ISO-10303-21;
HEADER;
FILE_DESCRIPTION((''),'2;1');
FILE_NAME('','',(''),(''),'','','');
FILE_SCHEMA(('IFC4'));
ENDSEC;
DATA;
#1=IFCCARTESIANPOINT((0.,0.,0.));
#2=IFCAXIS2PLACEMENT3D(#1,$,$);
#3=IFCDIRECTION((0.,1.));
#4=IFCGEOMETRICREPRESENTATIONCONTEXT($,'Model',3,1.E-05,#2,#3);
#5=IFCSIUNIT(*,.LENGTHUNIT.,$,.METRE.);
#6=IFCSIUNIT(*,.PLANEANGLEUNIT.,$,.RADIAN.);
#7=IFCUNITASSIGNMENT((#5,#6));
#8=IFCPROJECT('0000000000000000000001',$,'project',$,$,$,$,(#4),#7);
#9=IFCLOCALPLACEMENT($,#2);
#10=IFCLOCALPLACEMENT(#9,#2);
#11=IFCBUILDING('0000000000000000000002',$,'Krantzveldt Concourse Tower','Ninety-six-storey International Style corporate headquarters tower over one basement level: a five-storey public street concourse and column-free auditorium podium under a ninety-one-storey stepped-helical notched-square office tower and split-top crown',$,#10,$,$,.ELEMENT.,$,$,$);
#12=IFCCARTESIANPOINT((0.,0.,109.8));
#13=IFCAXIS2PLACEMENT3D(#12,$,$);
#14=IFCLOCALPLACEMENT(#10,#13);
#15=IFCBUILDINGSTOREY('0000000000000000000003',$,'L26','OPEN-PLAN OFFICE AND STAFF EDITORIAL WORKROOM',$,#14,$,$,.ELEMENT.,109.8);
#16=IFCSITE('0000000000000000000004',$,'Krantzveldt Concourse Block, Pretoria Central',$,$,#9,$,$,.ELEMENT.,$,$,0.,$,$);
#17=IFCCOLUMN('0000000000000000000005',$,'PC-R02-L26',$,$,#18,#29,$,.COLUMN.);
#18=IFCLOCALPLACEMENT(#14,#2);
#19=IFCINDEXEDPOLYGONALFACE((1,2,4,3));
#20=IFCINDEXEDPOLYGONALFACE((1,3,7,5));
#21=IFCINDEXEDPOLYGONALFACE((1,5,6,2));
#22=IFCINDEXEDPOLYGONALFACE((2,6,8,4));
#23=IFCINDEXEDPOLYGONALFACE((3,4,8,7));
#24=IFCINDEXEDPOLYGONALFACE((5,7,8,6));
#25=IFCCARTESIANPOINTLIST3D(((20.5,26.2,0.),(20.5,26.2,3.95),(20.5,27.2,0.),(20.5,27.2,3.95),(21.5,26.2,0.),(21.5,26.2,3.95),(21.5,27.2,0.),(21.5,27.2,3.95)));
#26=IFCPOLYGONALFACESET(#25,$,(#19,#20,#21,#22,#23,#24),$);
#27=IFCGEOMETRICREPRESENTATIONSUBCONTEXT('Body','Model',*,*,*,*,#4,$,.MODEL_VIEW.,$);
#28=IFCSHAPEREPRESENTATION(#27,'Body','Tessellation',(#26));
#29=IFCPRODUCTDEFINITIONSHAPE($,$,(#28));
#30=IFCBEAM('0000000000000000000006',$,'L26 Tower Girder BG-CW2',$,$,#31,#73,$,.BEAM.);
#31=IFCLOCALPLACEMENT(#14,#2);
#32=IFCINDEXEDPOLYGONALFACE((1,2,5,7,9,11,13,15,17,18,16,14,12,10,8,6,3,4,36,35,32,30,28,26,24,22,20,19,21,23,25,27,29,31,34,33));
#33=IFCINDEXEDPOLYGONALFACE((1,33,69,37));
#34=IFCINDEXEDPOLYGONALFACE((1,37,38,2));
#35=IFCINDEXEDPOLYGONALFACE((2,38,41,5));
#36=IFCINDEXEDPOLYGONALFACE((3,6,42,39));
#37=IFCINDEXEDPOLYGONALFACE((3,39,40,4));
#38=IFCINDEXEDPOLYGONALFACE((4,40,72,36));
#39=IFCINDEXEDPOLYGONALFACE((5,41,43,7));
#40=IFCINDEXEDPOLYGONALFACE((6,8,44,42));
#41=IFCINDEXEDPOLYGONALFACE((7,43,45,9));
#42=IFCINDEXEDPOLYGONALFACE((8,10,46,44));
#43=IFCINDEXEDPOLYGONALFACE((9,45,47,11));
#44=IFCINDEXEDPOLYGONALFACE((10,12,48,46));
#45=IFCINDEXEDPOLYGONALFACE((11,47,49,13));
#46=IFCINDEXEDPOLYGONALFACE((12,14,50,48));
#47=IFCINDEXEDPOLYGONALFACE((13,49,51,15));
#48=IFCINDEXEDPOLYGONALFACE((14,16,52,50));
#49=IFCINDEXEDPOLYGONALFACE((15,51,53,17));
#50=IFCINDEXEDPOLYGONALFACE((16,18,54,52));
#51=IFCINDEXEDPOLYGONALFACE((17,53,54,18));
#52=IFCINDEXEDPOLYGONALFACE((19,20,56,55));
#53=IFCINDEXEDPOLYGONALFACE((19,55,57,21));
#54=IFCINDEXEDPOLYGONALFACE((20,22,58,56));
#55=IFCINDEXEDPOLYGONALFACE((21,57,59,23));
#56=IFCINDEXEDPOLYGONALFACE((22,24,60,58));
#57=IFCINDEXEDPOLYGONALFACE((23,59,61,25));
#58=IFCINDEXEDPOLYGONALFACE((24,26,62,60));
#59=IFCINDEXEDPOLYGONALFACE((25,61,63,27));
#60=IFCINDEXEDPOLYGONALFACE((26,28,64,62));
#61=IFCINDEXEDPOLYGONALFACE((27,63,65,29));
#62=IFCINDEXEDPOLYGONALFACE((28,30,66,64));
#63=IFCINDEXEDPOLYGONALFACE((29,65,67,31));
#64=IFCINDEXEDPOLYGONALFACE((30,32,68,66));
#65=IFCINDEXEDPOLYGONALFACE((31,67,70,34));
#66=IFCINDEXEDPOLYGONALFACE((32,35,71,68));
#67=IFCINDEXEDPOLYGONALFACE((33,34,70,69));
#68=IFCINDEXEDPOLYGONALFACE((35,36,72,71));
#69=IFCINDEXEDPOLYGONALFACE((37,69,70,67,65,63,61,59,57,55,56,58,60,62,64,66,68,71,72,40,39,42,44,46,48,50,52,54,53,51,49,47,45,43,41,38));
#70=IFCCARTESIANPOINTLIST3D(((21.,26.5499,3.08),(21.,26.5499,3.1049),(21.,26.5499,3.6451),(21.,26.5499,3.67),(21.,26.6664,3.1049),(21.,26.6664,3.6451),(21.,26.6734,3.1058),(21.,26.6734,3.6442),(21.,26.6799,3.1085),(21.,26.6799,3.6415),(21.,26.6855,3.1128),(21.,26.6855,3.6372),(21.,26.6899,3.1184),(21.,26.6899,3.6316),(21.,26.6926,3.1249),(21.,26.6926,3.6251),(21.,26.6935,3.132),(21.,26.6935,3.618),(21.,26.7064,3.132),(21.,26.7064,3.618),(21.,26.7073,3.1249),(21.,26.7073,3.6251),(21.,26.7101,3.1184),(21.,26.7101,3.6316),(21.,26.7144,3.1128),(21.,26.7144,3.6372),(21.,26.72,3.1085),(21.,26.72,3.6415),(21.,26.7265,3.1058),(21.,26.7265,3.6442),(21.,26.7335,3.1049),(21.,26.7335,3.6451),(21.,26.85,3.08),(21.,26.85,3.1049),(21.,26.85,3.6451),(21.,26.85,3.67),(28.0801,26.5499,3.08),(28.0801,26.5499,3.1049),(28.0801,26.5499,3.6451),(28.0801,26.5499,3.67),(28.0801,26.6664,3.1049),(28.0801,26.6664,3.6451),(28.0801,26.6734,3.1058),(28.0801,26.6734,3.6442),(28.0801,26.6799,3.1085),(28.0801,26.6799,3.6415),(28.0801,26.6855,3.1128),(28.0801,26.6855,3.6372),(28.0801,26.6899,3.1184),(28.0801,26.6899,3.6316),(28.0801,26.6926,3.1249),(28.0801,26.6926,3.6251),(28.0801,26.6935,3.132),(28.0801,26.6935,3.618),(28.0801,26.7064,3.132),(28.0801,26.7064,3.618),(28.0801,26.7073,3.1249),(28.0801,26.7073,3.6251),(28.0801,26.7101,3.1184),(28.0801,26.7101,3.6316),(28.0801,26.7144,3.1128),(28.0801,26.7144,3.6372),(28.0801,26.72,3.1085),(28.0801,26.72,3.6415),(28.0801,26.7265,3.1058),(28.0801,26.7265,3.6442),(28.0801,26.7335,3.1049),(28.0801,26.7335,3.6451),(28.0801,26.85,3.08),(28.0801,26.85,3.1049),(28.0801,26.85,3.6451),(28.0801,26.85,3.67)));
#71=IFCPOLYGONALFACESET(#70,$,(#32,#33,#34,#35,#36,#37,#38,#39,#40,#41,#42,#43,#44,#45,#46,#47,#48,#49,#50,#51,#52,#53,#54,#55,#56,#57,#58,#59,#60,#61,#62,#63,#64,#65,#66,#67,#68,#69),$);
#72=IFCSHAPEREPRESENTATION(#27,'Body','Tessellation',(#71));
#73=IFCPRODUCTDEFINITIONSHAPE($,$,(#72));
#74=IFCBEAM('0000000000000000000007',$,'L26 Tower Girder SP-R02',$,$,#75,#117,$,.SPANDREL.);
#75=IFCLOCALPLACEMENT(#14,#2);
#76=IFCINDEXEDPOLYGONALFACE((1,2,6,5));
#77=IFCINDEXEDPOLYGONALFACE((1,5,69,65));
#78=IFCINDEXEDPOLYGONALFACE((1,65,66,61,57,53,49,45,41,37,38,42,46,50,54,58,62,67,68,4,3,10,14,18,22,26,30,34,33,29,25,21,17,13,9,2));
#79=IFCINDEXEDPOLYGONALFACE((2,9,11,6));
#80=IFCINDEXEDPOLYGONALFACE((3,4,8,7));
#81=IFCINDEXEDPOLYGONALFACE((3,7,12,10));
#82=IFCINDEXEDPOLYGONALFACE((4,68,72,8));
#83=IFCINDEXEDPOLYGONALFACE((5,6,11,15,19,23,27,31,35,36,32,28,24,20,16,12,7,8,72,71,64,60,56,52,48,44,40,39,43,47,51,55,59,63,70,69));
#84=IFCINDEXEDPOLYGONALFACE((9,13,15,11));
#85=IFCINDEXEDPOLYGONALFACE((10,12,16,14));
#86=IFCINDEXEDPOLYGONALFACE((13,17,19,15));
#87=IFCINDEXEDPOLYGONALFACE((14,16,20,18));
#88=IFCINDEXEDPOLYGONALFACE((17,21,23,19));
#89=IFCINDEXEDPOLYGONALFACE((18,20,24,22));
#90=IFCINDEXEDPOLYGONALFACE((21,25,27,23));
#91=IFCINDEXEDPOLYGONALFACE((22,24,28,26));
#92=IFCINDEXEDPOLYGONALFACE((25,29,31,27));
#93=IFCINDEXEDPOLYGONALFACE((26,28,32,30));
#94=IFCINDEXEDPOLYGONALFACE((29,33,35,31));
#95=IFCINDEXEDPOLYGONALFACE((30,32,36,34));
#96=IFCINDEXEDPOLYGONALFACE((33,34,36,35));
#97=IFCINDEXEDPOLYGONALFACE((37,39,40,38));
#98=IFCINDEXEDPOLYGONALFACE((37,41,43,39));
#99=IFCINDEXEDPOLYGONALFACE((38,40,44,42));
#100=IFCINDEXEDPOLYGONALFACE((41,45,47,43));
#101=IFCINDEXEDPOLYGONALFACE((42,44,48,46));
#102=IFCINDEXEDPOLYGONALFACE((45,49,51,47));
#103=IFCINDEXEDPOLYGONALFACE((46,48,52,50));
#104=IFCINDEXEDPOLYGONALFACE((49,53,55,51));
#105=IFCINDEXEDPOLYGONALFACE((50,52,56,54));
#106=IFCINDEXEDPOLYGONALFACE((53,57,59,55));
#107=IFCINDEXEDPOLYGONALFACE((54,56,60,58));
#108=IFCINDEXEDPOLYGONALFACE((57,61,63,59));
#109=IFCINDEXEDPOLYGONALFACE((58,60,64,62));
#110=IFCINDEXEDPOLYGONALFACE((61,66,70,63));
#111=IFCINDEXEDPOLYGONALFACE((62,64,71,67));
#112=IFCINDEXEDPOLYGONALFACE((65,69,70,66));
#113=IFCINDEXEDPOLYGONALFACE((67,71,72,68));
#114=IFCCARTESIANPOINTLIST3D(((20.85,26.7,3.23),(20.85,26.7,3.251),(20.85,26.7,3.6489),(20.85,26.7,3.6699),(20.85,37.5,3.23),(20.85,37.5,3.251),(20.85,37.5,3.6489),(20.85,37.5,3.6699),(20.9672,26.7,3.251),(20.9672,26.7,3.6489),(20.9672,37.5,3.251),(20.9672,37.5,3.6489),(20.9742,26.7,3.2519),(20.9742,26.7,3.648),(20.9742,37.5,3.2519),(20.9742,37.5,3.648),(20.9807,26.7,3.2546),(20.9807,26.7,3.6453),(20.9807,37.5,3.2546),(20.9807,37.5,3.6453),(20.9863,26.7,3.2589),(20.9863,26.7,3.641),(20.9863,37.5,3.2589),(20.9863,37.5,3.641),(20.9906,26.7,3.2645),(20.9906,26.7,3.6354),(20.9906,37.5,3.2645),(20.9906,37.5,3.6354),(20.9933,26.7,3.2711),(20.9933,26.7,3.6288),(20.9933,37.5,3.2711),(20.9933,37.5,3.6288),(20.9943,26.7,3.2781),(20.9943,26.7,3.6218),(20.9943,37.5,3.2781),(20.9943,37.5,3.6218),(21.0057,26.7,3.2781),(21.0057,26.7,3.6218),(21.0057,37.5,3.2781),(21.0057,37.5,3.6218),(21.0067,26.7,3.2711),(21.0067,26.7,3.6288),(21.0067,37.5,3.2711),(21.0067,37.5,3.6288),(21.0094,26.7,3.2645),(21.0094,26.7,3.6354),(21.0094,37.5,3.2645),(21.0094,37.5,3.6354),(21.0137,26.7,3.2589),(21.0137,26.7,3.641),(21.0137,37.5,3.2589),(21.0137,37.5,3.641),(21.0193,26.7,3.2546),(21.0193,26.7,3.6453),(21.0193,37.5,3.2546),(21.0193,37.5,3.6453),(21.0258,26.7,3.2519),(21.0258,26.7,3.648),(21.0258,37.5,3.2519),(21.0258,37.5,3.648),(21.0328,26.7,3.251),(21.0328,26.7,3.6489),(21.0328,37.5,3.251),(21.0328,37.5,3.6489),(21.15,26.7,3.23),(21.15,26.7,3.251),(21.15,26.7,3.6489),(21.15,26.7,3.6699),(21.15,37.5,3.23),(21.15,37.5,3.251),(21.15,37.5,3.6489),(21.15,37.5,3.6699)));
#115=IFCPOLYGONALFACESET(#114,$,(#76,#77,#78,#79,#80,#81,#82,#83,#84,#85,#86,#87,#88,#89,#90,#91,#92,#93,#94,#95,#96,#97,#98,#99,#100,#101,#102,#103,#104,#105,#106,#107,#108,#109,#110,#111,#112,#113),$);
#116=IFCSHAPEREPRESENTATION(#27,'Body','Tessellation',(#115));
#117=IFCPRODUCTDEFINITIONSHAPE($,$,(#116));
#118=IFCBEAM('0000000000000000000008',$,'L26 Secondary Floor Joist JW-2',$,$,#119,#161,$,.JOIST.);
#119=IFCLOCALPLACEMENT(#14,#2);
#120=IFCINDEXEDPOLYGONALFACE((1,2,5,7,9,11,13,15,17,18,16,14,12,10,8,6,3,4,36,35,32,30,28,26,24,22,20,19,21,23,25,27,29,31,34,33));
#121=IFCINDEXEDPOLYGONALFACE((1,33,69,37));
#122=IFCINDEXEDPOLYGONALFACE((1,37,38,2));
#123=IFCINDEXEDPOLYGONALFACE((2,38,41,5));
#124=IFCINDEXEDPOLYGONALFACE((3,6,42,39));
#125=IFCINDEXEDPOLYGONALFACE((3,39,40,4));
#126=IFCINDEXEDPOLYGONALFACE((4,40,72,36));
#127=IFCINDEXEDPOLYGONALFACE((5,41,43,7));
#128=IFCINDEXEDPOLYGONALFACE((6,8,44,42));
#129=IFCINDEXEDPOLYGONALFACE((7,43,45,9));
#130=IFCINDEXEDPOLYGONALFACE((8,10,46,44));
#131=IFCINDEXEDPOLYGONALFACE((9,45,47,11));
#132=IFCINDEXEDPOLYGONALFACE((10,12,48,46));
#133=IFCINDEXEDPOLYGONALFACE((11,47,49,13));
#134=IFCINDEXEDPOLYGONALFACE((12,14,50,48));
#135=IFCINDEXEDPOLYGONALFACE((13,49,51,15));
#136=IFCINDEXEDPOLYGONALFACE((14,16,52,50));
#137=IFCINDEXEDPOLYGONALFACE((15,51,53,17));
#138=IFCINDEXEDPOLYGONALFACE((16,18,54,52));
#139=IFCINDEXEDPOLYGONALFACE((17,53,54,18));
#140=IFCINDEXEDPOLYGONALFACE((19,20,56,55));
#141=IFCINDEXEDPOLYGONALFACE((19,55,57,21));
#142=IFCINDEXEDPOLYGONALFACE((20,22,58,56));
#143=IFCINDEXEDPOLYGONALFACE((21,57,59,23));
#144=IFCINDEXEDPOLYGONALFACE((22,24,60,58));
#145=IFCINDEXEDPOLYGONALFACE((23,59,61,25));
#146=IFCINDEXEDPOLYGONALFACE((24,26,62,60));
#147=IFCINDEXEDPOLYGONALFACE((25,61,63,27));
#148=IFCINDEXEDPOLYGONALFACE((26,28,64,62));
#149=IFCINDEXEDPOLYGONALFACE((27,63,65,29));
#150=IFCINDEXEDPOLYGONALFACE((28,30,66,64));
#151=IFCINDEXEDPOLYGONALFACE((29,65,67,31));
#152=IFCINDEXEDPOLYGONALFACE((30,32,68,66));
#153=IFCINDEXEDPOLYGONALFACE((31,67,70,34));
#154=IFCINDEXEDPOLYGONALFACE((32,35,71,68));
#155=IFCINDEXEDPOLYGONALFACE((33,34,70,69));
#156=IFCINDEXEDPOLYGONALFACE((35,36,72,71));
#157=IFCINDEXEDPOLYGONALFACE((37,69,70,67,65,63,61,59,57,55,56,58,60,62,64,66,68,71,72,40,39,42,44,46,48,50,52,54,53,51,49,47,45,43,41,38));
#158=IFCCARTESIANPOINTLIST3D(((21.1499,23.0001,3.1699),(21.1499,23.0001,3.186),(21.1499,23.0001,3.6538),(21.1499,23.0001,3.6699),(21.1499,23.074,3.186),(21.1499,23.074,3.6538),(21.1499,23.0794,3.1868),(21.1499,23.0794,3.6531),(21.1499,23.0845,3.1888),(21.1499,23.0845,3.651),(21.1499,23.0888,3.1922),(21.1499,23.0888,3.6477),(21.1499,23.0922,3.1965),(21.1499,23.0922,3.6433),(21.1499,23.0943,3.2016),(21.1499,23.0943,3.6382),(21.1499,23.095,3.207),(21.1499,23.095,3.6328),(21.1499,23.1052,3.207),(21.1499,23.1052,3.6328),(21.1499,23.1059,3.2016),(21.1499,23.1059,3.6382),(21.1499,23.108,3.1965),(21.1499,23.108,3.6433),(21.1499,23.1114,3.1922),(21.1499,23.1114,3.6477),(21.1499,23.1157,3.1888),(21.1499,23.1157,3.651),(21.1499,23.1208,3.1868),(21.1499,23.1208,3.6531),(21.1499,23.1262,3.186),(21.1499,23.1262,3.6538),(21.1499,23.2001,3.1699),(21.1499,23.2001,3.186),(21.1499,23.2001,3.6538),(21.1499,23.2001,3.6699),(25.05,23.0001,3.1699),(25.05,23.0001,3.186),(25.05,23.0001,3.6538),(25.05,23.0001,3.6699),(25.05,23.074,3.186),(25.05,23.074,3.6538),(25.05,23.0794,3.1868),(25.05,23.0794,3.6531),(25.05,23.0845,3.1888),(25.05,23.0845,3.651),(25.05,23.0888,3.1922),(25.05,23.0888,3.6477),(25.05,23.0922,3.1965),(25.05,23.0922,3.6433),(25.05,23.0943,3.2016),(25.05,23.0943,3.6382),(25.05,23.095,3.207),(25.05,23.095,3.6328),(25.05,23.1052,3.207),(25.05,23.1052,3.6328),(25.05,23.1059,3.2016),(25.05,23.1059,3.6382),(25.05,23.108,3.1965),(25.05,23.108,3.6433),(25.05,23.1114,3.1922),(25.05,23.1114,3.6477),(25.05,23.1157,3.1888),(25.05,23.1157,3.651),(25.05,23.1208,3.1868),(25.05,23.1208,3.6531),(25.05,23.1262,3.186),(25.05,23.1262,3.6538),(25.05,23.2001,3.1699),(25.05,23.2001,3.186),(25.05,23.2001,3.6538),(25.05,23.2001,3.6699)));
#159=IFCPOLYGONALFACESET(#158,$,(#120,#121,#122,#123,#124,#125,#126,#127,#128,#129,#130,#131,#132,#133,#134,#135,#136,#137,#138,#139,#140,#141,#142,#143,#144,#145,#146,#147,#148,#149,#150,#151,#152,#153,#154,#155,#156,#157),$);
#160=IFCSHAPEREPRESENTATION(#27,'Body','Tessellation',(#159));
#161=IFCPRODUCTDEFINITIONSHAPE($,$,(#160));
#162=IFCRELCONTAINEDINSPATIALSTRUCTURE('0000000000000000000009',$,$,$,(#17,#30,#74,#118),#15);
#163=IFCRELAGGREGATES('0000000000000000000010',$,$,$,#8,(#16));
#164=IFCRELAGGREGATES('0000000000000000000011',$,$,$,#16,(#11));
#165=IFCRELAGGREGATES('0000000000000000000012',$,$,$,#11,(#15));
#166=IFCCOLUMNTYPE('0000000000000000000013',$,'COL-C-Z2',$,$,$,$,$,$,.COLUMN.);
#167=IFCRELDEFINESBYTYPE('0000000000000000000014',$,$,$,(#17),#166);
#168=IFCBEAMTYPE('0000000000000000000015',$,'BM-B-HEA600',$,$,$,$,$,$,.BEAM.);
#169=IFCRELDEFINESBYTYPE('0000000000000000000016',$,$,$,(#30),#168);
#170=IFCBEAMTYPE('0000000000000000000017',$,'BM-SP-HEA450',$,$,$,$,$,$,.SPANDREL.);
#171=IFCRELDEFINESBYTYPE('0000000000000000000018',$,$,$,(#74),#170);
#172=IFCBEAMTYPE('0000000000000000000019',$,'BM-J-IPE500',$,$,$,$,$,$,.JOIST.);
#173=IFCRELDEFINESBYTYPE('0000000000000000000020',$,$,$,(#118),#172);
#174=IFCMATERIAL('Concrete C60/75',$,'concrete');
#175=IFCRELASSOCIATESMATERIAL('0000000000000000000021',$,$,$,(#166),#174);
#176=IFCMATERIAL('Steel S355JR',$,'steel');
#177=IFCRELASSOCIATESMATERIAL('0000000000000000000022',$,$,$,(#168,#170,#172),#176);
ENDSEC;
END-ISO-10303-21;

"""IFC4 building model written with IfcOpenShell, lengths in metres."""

from ifc_helpers import new_model, si_unit, direction, frame, origin, origin_2d, place, context, subcontext, project, spatial, rectangle, i_section, extrude, source, transform, mapped, material, material_profile, profile_set, type_object, type_shapes, element, save


model = new_model("IFC4")

# Units and contexts
model_context = context("Model", 3, precision=1e-05, world=origin(), true_north=direction((0.0, 1.0)))
body_context = subcontext(model_context, "Body", "Model", "MODEL_VIEW")
ifc_project = project(units=[si_unit("LENGTHUNIT", "METRE"), si_unit("PLANEANGLEUNIT", "RADIAN")], contexts=[model_context])

# Site, building, storey
site_placement = place(None, origin())
site = spatial("IfcSite", under=ifc_project, at=site_placement, Name="Krantzveldt Concourse Block, Pretoria Central", CompositionType="ELEMENT", RefElevation=0.0)
building_placement = place(site_placement, origin())
building = spatial("IfcBuilding", under=site, at=building_placement, Name="Krantzveldt Concourse Tower", Description="Ninety-six-storey International Style corporate headquarters tower over one basement level: a five-storey public street concourse and column-free auditorium podium under a ninety-one-storey stepped-helical notched-square office tower and split-top crown", CompositionType="ELEMENT")
storey_placement = place(building_placement, frame((0.0, 0.0, 109.8)))
storey = spatial("IfcBuildingStorey", under=building, at=storey_placement, Name="L26", Description="OPEN-PLAN OFFICE AND STAFF EDITORIAL WORKROOM", CompositionType="ELEMENT", Elevation=109.8)

# Column
ifc_material_1 = material(Name="Concrete C60/75", Category="concrete")
ifc_material_profile_1 = material_profile(ifc_material_1, rectangle(XDim=1.0, YDim=1.0, at=origin_2d()), Name="Concrete C60/75", Category="concrete")
ifc_profile_set_1 = profile_set([ifc_material_profile_1], Name="Concrete C60/75 - RC 1000x1000")
column_type = type_object("IfcColumnType", Name="COL-C-Z2", PredefinedType="COLUMN", material=ifc_profile_set_1)
shared_shape_1 = source(origin(), body_context, "Body", "SweptSolid", [
    extrude(rectangle(XDim=1.0, YDim=1.0, at=origin_2d()), origin(), (0.0, 0.0, 1.0), 3.95),
])
type_shapes(column_type, [shared_shape_1])
column_placement = place(storey_placement, frame((21.0, 26.7, 0.0), z_axis=(0.0, 0.0, 1.0), x_axis=(1.0, 0.0, 0.0)))
element("IfcColumn", 1, at=column_placement, inside=storey, type_object=column_type, Name="PC-R02-L26", PredefinedType="COLUMN", context=body_context, shape_type="MappedRepresentation", body=[
    mapped(shared_shape_1, transform((0.0, 0.0, 0.0), x_axis=(1.0, 0.0, 0.0), y_axis=(0.0, 1.0, 0.0), z_axis=(0.0, 0.0, 1.0), scale=1.0)),
])

# Beams
ifc_material_2 = material(Name="Steel S355JR", Category="steel")
ifc_material_profile_2 = material_profile(ifc_material_2, i_section(OverallWidth=0.3, OverallDepth=0.5901, WebThickness=0.0129, FlangeThickness=0.0249, FilletRadius=0.0271, at=origin_2d()), Name="Steel S355JR", Category="steel")
ifc_profile_set_2 = profile_set([ifc_material_profile_2], Name="Steel S355JR - HEA 600")
beam_type_1 = type_object("IfcBeamType", Name="BM-B-HEA600", PredefinedType="BEAM", material=ifc_profile_set_2)
shared_shape_2 = source(origin(), body_context, "Body", "SweptSolid", [
    extrude(i_section(OverallWidth=0.3, OverallDepth=0.5901, WebThickness=0.0129, FlangeThickness=0.0249, FilletRadius=0.0271, at=origin_2d()), origin(), (0.0, 0.0, 1.0), 7.0801),
])
type_shapes(beam_type_1, [shared_shape_2])
beam_1_placement = place(storey_placement, frame((21.0, 26.7, 3.375), z_axis=(1.0, 0.0, 0.0), x_axis=(0.0, 1.0, 0.0)))
element("IfcBeam", 2, at=beam_1_placement, inside=storey, type_object=beam_type_1, Name="L26 Tower Girder BG-CW2", PredefinedType="BEAM", context=body_context, shape_type="MappedRepresentation", body=[
    mapped(shared_shape_2, transform((0.0, 0.0, 0.0), x_axis=(1.0, 0.0, 0.0), y_axis=(0.0, 1.0, 0.0), z_axis=(0.0, 0.0, 1.0), scale=1.0)),
])
ifc_material_profile_3 = material_profile(ifc_material_2, i_section(OverallWidth=0.3, OverallDepth=0.4399, WebThickness=0.0115, FlangeThickness=0.021, FilletRadius=0.0271, at=origin_2d()), Name="Steel S355JR", Category="steel")
ifc_profile_set_3 = profile_set([ifc_material_profile_3], Name="Steel S355JR - HEA 450")
beam_type_2 = type_object("IfcBeamType", Name="BM-SP-HEA450", PredefinedType="SPANDREL", material=ifc_profile_set_3)
shared_shape_3 = source(origin(), body_context, "Body", "SweptSolid", [
    extrude(i_section(OverallWidth=0.3, OverallDepth=0.4399, WebThickness=0.0115, FlangeThickness=0.021, FilletRadius=0.0271, at=origin_2d()), origin(), (0.0, 0.0, 1.0), 10.8),
])
type_shapes(beam_type_2, [shared_shape_3])
beam_2_placement = place(storey_placement, frame((21.0, 26.7, 3.45), z_axis=(0.0, 1.0, 0.0), x_axis=(-1.0, 0.0, 0.0)))
element("IfcBeam", 3, at=beam_2_placement, inside=storey, type_object=beam_type_2, Name="L26 Tower Girder SP-R02", PredefinedType="SPANDREL", context=body_context, shape_type="MappedRepresentation", body=[
    mapped(shared_shape_3, transform((0.0, 0.0, 0.0), x_axis=(1.0, 0.0, 0.0), y_axis=(0.0, 1.0, 0.0), z_axis=(0.0, 0.0, 1.0), scale=1.0)),
])
ifc_material_profile_4 = material_profile(ifc_material_2, i_section(OverallWidth=0.2, OverallDepth=0.5, WebThickness=0.0103, FlangeThickness=0.0161, FilletRadius=0.021, at=origin_2d()), Name="Steel S355JR", Category="steel")
ifc_profile_set_4 = profile_set([ifc_material_profile_4], Name="Steel S355JR - IPE 500")
beam_type_3 = type_object("IfcBeamType", Name="BM-J-IPE500", PredefinedType="JOIST", material=ifc_profile_set_4)
shared_shape_4 = source(origin(), body_context, "Body", "SweptSolid", [
    extrude(i_section(OverallWidth=0.2, OverallDepth=0.5, WebThickness=0.0103, FlangeThickness=0.0161, FilletRadius=0.021, at=origin_2d()), origin(), (0.0, 0.0, 1.0), 3.9001),
])
type_shapes(beam_type_3, [shared_shape_4])
for number, where, z_axis, x_axis, name in (
    (4, (21.1499, 23.1001, 3.4199), (1.0, 0.0, 0.0), (0.0, 1.0, 0.0), "L26 Secondary Floor Joist JW-2"),
):
    element("IfcBeam", number, at=place(storey_placement, frame(where, z_axis=z_axis, x_axis=x_axis)), inside=storey, type_object=beam_type_3, Name=name, PredefinedType="JOIST", context=body_context, shape_type="MappedRepresentation", body=[
        mapped(shared_shape_4, transform((0.0, 0.0, 0.0), x_axis=(1.0, 0.0, 0.0), y_axis=(0.0, 1.0, 0.0), z_axis=(0.0, 0.0, 1.0), scale=1.0)),
    ])

save(model, "model.ifc")
